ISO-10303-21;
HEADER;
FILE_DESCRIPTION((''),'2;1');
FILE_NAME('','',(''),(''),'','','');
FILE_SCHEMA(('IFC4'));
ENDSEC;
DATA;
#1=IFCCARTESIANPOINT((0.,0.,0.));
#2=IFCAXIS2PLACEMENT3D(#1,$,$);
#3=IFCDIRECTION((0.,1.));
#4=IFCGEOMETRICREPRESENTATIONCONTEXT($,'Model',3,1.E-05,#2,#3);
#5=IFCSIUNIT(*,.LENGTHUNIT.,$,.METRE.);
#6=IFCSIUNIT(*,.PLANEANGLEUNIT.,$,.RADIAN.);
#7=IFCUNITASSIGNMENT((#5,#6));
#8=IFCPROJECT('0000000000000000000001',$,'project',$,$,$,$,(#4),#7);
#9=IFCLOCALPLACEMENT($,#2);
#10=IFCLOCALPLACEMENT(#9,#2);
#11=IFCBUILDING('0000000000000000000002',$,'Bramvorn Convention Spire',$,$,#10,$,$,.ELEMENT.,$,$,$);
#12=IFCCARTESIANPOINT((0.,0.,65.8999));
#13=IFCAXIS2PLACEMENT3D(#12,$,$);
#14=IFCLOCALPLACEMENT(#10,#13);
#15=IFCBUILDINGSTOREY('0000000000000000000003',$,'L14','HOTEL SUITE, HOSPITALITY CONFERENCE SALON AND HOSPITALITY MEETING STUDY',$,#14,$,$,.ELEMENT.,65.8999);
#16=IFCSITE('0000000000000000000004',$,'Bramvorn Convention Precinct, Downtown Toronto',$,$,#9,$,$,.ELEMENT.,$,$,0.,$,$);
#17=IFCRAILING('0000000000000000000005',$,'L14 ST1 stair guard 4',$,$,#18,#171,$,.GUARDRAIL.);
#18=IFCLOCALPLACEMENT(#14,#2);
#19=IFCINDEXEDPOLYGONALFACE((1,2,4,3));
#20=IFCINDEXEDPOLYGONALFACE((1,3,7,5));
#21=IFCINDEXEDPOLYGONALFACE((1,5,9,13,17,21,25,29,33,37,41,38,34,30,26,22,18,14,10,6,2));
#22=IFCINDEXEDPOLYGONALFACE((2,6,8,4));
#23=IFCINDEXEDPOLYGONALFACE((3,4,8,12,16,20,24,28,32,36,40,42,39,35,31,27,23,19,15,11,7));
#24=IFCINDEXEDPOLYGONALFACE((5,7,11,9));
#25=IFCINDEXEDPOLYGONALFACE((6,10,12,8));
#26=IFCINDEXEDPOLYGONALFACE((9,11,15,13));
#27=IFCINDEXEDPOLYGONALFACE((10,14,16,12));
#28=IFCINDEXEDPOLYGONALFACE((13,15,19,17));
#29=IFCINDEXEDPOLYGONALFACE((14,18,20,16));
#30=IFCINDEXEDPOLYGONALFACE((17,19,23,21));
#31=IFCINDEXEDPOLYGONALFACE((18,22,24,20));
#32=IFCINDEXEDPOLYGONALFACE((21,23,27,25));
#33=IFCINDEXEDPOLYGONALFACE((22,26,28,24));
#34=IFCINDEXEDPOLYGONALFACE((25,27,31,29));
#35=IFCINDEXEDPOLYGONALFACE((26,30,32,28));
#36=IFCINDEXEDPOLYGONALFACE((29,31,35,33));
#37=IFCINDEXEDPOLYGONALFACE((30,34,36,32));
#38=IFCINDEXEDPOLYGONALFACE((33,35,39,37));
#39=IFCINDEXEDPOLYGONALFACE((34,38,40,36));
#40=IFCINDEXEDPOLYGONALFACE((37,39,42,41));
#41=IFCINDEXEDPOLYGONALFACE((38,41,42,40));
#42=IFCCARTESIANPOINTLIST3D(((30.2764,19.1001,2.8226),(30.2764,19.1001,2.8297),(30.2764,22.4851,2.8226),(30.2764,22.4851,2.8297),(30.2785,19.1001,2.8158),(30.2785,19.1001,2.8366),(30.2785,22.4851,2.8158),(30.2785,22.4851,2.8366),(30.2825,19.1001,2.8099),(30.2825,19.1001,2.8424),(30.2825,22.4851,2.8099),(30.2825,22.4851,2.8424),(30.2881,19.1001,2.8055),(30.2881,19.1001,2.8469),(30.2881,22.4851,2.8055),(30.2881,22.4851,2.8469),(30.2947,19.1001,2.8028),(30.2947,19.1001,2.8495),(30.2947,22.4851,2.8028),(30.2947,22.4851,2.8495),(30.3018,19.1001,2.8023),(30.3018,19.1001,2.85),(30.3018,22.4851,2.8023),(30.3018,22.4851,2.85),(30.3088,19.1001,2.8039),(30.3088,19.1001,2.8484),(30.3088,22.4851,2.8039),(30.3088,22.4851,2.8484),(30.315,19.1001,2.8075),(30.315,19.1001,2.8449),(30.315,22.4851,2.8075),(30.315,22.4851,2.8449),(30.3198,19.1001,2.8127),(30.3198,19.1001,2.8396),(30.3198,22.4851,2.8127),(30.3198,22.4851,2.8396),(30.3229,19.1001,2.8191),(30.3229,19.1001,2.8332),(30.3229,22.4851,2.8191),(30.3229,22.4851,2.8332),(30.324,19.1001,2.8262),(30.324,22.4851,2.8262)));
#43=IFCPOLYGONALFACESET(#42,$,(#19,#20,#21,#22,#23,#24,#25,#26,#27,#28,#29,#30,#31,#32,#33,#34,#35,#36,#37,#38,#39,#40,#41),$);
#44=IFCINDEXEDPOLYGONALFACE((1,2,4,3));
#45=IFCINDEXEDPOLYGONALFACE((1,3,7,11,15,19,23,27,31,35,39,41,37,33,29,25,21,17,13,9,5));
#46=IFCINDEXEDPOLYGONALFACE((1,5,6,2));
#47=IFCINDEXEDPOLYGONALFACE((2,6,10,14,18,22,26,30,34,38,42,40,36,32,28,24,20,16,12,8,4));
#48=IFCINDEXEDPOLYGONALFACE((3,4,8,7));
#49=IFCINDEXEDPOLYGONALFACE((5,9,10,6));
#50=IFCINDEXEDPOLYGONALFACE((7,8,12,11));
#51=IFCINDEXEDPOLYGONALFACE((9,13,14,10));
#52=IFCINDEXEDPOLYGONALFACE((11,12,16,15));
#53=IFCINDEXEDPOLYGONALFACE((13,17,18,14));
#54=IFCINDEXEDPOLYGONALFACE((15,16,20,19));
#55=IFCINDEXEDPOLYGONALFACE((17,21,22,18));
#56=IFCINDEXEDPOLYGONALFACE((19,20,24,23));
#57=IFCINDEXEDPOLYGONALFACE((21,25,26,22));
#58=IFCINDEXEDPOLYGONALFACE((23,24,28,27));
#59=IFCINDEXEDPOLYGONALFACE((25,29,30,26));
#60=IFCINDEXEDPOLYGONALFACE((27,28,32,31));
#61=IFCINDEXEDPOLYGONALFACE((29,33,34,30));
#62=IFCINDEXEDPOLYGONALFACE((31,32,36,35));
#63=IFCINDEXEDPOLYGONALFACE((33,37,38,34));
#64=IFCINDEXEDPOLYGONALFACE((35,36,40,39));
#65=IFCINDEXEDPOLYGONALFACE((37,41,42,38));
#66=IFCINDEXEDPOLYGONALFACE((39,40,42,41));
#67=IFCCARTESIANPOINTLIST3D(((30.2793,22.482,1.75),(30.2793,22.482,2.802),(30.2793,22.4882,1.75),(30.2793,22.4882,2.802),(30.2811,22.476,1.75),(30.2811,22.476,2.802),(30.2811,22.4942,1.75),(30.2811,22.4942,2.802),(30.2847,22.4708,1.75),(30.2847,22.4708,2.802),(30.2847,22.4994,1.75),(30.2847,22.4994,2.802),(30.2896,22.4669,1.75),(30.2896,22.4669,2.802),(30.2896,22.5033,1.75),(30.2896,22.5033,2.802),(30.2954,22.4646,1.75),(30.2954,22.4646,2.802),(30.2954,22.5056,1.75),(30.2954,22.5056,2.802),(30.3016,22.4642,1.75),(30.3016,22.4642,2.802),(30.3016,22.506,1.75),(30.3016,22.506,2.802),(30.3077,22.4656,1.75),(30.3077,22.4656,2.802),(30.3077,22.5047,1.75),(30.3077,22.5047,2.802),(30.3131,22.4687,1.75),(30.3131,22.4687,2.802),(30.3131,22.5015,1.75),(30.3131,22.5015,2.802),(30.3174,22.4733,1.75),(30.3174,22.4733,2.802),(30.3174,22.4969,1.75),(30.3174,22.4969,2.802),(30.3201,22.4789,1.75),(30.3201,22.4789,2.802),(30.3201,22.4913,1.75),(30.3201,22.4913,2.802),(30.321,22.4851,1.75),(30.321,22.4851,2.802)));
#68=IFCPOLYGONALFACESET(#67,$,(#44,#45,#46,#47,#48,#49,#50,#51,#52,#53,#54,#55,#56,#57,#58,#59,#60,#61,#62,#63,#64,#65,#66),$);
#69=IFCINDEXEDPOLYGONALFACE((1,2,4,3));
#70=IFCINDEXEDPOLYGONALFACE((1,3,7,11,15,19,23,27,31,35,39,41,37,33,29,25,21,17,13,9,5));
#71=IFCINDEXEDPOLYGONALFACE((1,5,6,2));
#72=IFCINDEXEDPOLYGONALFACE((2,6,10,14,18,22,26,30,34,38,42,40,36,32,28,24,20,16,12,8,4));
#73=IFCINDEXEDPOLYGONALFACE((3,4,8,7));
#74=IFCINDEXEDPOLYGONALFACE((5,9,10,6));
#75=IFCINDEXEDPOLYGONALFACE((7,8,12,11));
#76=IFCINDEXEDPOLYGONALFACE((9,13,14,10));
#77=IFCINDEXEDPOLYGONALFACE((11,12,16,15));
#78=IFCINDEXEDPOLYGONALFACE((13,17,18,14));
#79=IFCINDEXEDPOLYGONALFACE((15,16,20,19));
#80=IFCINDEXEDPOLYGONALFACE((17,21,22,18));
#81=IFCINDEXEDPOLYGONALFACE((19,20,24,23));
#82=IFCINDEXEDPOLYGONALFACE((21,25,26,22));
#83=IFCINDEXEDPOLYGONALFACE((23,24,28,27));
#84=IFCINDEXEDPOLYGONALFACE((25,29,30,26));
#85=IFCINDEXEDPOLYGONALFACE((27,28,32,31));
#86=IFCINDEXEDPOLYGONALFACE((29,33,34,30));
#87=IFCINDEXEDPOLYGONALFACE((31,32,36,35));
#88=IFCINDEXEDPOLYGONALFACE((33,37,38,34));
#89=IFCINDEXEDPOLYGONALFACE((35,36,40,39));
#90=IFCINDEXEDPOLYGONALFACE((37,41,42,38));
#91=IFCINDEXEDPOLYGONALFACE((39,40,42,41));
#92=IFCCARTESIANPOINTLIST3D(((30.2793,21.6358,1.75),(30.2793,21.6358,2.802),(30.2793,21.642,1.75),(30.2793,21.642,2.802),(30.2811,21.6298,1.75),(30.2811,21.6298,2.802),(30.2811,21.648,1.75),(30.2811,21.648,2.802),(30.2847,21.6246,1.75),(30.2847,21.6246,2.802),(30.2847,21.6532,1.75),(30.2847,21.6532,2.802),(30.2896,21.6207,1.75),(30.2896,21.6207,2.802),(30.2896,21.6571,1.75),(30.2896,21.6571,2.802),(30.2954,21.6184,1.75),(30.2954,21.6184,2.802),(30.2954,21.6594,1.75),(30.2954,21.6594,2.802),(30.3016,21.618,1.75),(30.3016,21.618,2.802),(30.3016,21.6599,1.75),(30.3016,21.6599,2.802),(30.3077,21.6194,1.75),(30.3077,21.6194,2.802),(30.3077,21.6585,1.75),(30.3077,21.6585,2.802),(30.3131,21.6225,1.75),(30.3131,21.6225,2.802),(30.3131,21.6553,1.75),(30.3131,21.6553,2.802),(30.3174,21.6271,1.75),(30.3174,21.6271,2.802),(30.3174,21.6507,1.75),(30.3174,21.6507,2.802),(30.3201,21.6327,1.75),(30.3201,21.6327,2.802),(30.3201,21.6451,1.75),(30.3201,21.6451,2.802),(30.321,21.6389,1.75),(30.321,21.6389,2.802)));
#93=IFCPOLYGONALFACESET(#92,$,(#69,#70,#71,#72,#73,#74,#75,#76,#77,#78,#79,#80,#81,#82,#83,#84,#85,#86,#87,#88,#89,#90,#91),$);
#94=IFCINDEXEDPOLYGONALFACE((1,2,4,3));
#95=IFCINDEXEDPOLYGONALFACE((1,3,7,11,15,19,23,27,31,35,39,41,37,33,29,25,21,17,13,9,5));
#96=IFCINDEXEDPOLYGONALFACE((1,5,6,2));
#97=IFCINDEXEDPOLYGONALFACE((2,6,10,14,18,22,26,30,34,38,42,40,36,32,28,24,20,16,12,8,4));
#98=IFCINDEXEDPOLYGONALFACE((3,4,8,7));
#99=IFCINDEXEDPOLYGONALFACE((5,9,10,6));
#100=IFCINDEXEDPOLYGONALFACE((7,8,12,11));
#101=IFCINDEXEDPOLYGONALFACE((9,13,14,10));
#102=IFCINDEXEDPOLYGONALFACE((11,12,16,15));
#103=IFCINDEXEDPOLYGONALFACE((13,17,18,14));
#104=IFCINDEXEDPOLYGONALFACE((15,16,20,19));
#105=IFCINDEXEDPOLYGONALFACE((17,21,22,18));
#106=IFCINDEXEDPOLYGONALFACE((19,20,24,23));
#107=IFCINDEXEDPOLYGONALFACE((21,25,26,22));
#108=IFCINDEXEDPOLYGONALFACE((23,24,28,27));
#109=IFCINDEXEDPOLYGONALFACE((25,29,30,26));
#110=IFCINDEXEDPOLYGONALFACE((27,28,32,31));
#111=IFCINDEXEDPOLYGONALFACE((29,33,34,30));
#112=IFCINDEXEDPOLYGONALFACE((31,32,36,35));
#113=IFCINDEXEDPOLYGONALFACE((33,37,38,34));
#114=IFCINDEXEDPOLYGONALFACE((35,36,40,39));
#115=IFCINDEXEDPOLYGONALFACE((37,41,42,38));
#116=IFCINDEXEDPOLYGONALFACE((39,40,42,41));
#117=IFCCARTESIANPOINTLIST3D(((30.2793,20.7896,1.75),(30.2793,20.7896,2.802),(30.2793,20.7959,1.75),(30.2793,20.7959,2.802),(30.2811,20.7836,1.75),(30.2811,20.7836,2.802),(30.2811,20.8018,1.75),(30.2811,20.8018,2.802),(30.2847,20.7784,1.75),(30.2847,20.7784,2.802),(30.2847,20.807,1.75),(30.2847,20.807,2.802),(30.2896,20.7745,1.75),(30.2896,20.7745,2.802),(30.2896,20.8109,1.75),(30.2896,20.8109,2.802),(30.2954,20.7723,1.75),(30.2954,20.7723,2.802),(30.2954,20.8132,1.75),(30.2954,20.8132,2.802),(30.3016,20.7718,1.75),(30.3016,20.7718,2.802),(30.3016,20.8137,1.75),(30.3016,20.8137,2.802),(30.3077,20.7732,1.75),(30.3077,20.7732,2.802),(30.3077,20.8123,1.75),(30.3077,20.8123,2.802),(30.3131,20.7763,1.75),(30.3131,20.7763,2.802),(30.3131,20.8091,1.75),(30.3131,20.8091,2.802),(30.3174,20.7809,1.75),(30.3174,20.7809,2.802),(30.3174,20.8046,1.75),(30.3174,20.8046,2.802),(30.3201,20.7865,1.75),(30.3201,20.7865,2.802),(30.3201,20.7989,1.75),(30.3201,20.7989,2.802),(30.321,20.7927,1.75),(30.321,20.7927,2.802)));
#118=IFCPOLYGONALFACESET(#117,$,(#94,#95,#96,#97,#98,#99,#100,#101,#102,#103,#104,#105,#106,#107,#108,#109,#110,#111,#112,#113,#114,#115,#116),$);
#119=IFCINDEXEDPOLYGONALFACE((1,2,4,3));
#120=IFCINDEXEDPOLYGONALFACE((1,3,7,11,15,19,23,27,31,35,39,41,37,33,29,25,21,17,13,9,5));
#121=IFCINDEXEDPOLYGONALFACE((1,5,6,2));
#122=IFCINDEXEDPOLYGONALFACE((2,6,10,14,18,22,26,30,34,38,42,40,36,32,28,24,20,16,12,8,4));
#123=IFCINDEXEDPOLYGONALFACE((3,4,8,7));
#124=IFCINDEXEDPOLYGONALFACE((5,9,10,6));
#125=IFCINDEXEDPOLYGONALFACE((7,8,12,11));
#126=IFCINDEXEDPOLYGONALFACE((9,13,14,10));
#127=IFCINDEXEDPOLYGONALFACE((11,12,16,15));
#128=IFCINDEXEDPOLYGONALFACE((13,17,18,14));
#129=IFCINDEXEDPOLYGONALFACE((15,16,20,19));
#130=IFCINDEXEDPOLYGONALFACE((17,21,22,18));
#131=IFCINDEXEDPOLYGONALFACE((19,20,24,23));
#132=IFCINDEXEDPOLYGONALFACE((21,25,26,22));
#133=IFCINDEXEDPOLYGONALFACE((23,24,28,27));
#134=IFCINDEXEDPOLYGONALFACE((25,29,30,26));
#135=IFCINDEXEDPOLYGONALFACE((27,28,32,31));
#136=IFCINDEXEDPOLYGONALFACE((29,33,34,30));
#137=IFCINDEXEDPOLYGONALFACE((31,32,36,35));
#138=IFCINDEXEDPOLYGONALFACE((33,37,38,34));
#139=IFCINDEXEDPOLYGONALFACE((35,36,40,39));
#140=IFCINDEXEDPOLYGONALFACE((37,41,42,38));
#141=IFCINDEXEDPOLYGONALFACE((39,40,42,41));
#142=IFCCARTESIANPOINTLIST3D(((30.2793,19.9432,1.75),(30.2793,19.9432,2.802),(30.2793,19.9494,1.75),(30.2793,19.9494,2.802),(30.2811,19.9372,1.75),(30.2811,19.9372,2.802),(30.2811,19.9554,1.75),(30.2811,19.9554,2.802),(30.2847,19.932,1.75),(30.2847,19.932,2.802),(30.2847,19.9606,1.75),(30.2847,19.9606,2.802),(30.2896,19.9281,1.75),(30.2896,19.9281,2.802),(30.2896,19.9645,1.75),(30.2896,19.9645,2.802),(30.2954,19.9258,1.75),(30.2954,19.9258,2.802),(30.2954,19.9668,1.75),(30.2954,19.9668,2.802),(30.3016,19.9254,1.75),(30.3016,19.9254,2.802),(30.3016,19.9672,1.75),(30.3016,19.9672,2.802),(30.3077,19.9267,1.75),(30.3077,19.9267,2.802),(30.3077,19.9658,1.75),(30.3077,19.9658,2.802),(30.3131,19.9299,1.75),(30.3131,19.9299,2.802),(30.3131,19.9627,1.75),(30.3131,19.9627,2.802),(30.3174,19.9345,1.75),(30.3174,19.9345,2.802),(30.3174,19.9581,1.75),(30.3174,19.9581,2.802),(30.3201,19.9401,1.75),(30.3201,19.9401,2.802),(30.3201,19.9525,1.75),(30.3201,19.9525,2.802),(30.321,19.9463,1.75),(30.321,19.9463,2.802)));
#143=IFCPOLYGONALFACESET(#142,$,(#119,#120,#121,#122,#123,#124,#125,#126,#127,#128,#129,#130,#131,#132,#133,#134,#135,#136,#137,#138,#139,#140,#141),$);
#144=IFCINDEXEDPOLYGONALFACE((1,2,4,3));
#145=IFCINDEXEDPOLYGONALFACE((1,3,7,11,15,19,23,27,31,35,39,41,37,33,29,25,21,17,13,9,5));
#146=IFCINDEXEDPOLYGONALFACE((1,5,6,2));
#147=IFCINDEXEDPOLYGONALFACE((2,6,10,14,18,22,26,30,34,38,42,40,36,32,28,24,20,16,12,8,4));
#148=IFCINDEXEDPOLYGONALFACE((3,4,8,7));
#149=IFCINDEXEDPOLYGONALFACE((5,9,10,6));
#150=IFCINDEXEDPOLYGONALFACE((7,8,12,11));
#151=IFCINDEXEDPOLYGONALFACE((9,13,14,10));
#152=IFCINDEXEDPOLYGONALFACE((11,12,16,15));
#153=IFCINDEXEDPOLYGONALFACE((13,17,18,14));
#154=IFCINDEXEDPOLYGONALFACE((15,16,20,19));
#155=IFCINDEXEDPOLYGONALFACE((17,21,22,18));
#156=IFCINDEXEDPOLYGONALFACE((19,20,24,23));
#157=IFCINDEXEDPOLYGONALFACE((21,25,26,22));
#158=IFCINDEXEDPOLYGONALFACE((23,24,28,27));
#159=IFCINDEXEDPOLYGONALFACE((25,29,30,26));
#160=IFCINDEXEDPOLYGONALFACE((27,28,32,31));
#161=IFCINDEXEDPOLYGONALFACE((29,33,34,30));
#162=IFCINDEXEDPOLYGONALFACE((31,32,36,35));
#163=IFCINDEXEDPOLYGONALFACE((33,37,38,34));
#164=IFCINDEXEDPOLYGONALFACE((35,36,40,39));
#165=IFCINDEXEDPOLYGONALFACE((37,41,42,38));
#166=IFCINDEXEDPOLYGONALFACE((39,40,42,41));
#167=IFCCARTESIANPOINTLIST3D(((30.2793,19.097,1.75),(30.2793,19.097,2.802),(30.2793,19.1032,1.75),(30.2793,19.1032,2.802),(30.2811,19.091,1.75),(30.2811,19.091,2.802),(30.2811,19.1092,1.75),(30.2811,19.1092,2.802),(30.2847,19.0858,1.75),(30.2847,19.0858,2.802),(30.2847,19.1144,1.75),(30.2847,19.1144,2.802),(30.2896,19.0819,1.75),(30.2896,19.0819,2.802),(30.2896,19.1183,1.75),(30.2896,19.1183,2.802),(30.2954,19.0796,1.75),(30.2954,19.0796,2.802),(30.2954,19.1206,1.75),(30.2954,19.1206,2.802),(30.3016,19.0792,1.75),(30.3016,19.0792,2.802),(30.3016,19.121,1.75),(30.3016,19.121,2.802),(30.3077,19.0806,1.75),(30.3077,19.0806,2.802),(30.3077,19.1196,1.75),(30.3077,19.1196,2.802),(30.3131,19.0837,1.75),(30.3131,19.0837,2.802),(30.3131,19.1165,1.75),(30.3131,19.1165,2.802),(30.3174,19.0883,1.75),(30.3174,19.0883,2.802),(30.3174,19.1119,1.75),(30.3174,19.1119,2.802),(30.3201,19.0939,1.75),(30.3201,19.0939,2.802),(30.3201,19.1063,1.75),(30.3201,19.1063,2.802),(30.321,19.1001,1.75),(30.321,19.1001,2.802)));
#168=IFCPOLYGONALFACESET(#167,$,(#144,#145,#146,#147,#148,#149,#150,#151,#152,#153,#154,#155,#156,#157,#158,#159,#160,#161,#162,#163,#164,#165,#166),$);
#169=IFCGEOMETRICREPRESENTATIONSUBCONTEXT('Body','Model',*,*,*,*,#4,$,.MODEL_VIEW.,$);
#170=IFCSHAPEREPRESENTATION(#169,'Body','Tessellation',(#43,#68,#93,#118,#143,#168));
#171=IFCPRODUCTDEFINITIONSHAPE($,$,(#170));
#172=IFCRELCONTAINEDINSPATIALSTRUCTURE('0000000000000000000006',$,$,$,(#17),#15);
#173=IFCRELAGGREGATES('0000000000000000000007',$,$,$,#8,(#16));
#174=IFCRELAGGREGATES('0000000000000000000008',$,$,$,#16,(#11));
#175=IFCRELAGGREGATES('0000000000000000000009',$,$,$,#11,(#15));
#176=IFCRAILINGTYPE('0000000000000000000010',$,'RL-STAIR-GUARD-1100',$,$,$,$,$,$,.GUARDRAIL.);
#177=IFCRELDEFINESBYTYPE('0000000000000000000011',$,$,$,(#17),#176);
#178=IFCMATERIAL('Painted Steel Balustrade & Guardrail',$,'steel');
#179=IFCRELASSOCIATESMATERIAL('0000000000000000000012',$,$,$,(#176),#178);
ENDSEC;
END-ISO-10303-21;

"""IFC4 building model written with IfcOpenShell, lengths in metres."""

from ifc_helpers import new_model, si_unit, direction, frame, origin, origin_2d, place, context, subcontext, project, spatial, circle, extrude, material, type_object, element, save


model = new_model("IFC4")

# Units and contexts
model_context = context("Model", 3, precision=1e-05, world=origin(), true_north=direction((0.0, 1.0)))
body_context = subcontext(model_context, "Body", "Model", "MODEL_VIEW")
ifc_project = project(units=[si_unit("LENGTHUNIT", "METRE"), si_unit("PLANEANGLEUNIT", "RADIAN")], contexts=[model_context])

# Site, building, storey
site_placement = place(None, origin())
site = spatial("IfcSite", under=ifc_project, at=site_placement, Name="Bramvorn Convention Precinct, Downtown Toronto", CompositionType="ELEMENT", RefElevation=0.0)
building_placement = place(site_placement, origin())
building = spatial("IfcBuilding", under=site, at=building_placement, Name="Bramvorn Convention Spire", CompositionType="ELEMENT")
storey_placement = place(building_placement, frame((0.0, 0.0, 65.8999)))
storey = spatial("IfcBuildingStorey", under=building, at=storey_placement, Name="L14", Description="HOTEL SUITE, HOSPITALITY CONFERENCE SALON AND HOSPITALITY MEETING STUDY", CompositionType="ELEMENT", Elevation=65.8999)

# Railing
ifc_material_1 = material(Name="Painted Steel Balustrade & Guardrail", Category="steel")
railing_type_1 = type_object("IfcRailingType", Name="RL-STAIR-GUARD-1100", PredefinedType="GUARDRAIL", material=ifc_material_1)
for number, where, name in (
    (1, (30.3, 22.4851, 1.75), "L14 ST1 stair guard 4"),
):
    element("IfcRailing", number, at=place(storey_placement, frame(where)), inside=storey, type_object=railing_type_1, Name=name, PredefinedType="GUARDRAIL", context=body_context, shape_type="SweptSolid", body=[
        extrude(circle(Radius=0.0239, at=origin_2d()), frame((0.0, 0.0, 1.0762), z_axis=(0.0, -1.0, 0.0), x_axis=(1.0, 0.0, 0.0)), (0.0, 0.0, 1.0), 3.385),
        extrude(circle(Radius=0.021, at=origin_2d()), origin(), (0.0, 0.0, 1.0), 1.052),
        extrude(circle(Radius=0.021, at=origin_2d()), frame((0.0, -0.8462, 0.0)), (0.0, 0.0, 1.0), 1.052),
        extrude(circle(Radius=0.021, at=origin_2d()), frame((0.0, -1.6924, 0.0)), (0.0, 0.0, 1.0), 1.052),
        extrude(circle(Radius=0.021, at=origin_2d()), frame((0.0, -2.5388, 0.0)), (0.0, 0.0, 1.0), 1.052),
        extrude(circle(Radius=0.021, at=origin_2d()), frame((0.0, -3.385, 0.0)), (0.0, 0.0, 1.0), 1.052),
    ])

save(model, "model.ifc")
